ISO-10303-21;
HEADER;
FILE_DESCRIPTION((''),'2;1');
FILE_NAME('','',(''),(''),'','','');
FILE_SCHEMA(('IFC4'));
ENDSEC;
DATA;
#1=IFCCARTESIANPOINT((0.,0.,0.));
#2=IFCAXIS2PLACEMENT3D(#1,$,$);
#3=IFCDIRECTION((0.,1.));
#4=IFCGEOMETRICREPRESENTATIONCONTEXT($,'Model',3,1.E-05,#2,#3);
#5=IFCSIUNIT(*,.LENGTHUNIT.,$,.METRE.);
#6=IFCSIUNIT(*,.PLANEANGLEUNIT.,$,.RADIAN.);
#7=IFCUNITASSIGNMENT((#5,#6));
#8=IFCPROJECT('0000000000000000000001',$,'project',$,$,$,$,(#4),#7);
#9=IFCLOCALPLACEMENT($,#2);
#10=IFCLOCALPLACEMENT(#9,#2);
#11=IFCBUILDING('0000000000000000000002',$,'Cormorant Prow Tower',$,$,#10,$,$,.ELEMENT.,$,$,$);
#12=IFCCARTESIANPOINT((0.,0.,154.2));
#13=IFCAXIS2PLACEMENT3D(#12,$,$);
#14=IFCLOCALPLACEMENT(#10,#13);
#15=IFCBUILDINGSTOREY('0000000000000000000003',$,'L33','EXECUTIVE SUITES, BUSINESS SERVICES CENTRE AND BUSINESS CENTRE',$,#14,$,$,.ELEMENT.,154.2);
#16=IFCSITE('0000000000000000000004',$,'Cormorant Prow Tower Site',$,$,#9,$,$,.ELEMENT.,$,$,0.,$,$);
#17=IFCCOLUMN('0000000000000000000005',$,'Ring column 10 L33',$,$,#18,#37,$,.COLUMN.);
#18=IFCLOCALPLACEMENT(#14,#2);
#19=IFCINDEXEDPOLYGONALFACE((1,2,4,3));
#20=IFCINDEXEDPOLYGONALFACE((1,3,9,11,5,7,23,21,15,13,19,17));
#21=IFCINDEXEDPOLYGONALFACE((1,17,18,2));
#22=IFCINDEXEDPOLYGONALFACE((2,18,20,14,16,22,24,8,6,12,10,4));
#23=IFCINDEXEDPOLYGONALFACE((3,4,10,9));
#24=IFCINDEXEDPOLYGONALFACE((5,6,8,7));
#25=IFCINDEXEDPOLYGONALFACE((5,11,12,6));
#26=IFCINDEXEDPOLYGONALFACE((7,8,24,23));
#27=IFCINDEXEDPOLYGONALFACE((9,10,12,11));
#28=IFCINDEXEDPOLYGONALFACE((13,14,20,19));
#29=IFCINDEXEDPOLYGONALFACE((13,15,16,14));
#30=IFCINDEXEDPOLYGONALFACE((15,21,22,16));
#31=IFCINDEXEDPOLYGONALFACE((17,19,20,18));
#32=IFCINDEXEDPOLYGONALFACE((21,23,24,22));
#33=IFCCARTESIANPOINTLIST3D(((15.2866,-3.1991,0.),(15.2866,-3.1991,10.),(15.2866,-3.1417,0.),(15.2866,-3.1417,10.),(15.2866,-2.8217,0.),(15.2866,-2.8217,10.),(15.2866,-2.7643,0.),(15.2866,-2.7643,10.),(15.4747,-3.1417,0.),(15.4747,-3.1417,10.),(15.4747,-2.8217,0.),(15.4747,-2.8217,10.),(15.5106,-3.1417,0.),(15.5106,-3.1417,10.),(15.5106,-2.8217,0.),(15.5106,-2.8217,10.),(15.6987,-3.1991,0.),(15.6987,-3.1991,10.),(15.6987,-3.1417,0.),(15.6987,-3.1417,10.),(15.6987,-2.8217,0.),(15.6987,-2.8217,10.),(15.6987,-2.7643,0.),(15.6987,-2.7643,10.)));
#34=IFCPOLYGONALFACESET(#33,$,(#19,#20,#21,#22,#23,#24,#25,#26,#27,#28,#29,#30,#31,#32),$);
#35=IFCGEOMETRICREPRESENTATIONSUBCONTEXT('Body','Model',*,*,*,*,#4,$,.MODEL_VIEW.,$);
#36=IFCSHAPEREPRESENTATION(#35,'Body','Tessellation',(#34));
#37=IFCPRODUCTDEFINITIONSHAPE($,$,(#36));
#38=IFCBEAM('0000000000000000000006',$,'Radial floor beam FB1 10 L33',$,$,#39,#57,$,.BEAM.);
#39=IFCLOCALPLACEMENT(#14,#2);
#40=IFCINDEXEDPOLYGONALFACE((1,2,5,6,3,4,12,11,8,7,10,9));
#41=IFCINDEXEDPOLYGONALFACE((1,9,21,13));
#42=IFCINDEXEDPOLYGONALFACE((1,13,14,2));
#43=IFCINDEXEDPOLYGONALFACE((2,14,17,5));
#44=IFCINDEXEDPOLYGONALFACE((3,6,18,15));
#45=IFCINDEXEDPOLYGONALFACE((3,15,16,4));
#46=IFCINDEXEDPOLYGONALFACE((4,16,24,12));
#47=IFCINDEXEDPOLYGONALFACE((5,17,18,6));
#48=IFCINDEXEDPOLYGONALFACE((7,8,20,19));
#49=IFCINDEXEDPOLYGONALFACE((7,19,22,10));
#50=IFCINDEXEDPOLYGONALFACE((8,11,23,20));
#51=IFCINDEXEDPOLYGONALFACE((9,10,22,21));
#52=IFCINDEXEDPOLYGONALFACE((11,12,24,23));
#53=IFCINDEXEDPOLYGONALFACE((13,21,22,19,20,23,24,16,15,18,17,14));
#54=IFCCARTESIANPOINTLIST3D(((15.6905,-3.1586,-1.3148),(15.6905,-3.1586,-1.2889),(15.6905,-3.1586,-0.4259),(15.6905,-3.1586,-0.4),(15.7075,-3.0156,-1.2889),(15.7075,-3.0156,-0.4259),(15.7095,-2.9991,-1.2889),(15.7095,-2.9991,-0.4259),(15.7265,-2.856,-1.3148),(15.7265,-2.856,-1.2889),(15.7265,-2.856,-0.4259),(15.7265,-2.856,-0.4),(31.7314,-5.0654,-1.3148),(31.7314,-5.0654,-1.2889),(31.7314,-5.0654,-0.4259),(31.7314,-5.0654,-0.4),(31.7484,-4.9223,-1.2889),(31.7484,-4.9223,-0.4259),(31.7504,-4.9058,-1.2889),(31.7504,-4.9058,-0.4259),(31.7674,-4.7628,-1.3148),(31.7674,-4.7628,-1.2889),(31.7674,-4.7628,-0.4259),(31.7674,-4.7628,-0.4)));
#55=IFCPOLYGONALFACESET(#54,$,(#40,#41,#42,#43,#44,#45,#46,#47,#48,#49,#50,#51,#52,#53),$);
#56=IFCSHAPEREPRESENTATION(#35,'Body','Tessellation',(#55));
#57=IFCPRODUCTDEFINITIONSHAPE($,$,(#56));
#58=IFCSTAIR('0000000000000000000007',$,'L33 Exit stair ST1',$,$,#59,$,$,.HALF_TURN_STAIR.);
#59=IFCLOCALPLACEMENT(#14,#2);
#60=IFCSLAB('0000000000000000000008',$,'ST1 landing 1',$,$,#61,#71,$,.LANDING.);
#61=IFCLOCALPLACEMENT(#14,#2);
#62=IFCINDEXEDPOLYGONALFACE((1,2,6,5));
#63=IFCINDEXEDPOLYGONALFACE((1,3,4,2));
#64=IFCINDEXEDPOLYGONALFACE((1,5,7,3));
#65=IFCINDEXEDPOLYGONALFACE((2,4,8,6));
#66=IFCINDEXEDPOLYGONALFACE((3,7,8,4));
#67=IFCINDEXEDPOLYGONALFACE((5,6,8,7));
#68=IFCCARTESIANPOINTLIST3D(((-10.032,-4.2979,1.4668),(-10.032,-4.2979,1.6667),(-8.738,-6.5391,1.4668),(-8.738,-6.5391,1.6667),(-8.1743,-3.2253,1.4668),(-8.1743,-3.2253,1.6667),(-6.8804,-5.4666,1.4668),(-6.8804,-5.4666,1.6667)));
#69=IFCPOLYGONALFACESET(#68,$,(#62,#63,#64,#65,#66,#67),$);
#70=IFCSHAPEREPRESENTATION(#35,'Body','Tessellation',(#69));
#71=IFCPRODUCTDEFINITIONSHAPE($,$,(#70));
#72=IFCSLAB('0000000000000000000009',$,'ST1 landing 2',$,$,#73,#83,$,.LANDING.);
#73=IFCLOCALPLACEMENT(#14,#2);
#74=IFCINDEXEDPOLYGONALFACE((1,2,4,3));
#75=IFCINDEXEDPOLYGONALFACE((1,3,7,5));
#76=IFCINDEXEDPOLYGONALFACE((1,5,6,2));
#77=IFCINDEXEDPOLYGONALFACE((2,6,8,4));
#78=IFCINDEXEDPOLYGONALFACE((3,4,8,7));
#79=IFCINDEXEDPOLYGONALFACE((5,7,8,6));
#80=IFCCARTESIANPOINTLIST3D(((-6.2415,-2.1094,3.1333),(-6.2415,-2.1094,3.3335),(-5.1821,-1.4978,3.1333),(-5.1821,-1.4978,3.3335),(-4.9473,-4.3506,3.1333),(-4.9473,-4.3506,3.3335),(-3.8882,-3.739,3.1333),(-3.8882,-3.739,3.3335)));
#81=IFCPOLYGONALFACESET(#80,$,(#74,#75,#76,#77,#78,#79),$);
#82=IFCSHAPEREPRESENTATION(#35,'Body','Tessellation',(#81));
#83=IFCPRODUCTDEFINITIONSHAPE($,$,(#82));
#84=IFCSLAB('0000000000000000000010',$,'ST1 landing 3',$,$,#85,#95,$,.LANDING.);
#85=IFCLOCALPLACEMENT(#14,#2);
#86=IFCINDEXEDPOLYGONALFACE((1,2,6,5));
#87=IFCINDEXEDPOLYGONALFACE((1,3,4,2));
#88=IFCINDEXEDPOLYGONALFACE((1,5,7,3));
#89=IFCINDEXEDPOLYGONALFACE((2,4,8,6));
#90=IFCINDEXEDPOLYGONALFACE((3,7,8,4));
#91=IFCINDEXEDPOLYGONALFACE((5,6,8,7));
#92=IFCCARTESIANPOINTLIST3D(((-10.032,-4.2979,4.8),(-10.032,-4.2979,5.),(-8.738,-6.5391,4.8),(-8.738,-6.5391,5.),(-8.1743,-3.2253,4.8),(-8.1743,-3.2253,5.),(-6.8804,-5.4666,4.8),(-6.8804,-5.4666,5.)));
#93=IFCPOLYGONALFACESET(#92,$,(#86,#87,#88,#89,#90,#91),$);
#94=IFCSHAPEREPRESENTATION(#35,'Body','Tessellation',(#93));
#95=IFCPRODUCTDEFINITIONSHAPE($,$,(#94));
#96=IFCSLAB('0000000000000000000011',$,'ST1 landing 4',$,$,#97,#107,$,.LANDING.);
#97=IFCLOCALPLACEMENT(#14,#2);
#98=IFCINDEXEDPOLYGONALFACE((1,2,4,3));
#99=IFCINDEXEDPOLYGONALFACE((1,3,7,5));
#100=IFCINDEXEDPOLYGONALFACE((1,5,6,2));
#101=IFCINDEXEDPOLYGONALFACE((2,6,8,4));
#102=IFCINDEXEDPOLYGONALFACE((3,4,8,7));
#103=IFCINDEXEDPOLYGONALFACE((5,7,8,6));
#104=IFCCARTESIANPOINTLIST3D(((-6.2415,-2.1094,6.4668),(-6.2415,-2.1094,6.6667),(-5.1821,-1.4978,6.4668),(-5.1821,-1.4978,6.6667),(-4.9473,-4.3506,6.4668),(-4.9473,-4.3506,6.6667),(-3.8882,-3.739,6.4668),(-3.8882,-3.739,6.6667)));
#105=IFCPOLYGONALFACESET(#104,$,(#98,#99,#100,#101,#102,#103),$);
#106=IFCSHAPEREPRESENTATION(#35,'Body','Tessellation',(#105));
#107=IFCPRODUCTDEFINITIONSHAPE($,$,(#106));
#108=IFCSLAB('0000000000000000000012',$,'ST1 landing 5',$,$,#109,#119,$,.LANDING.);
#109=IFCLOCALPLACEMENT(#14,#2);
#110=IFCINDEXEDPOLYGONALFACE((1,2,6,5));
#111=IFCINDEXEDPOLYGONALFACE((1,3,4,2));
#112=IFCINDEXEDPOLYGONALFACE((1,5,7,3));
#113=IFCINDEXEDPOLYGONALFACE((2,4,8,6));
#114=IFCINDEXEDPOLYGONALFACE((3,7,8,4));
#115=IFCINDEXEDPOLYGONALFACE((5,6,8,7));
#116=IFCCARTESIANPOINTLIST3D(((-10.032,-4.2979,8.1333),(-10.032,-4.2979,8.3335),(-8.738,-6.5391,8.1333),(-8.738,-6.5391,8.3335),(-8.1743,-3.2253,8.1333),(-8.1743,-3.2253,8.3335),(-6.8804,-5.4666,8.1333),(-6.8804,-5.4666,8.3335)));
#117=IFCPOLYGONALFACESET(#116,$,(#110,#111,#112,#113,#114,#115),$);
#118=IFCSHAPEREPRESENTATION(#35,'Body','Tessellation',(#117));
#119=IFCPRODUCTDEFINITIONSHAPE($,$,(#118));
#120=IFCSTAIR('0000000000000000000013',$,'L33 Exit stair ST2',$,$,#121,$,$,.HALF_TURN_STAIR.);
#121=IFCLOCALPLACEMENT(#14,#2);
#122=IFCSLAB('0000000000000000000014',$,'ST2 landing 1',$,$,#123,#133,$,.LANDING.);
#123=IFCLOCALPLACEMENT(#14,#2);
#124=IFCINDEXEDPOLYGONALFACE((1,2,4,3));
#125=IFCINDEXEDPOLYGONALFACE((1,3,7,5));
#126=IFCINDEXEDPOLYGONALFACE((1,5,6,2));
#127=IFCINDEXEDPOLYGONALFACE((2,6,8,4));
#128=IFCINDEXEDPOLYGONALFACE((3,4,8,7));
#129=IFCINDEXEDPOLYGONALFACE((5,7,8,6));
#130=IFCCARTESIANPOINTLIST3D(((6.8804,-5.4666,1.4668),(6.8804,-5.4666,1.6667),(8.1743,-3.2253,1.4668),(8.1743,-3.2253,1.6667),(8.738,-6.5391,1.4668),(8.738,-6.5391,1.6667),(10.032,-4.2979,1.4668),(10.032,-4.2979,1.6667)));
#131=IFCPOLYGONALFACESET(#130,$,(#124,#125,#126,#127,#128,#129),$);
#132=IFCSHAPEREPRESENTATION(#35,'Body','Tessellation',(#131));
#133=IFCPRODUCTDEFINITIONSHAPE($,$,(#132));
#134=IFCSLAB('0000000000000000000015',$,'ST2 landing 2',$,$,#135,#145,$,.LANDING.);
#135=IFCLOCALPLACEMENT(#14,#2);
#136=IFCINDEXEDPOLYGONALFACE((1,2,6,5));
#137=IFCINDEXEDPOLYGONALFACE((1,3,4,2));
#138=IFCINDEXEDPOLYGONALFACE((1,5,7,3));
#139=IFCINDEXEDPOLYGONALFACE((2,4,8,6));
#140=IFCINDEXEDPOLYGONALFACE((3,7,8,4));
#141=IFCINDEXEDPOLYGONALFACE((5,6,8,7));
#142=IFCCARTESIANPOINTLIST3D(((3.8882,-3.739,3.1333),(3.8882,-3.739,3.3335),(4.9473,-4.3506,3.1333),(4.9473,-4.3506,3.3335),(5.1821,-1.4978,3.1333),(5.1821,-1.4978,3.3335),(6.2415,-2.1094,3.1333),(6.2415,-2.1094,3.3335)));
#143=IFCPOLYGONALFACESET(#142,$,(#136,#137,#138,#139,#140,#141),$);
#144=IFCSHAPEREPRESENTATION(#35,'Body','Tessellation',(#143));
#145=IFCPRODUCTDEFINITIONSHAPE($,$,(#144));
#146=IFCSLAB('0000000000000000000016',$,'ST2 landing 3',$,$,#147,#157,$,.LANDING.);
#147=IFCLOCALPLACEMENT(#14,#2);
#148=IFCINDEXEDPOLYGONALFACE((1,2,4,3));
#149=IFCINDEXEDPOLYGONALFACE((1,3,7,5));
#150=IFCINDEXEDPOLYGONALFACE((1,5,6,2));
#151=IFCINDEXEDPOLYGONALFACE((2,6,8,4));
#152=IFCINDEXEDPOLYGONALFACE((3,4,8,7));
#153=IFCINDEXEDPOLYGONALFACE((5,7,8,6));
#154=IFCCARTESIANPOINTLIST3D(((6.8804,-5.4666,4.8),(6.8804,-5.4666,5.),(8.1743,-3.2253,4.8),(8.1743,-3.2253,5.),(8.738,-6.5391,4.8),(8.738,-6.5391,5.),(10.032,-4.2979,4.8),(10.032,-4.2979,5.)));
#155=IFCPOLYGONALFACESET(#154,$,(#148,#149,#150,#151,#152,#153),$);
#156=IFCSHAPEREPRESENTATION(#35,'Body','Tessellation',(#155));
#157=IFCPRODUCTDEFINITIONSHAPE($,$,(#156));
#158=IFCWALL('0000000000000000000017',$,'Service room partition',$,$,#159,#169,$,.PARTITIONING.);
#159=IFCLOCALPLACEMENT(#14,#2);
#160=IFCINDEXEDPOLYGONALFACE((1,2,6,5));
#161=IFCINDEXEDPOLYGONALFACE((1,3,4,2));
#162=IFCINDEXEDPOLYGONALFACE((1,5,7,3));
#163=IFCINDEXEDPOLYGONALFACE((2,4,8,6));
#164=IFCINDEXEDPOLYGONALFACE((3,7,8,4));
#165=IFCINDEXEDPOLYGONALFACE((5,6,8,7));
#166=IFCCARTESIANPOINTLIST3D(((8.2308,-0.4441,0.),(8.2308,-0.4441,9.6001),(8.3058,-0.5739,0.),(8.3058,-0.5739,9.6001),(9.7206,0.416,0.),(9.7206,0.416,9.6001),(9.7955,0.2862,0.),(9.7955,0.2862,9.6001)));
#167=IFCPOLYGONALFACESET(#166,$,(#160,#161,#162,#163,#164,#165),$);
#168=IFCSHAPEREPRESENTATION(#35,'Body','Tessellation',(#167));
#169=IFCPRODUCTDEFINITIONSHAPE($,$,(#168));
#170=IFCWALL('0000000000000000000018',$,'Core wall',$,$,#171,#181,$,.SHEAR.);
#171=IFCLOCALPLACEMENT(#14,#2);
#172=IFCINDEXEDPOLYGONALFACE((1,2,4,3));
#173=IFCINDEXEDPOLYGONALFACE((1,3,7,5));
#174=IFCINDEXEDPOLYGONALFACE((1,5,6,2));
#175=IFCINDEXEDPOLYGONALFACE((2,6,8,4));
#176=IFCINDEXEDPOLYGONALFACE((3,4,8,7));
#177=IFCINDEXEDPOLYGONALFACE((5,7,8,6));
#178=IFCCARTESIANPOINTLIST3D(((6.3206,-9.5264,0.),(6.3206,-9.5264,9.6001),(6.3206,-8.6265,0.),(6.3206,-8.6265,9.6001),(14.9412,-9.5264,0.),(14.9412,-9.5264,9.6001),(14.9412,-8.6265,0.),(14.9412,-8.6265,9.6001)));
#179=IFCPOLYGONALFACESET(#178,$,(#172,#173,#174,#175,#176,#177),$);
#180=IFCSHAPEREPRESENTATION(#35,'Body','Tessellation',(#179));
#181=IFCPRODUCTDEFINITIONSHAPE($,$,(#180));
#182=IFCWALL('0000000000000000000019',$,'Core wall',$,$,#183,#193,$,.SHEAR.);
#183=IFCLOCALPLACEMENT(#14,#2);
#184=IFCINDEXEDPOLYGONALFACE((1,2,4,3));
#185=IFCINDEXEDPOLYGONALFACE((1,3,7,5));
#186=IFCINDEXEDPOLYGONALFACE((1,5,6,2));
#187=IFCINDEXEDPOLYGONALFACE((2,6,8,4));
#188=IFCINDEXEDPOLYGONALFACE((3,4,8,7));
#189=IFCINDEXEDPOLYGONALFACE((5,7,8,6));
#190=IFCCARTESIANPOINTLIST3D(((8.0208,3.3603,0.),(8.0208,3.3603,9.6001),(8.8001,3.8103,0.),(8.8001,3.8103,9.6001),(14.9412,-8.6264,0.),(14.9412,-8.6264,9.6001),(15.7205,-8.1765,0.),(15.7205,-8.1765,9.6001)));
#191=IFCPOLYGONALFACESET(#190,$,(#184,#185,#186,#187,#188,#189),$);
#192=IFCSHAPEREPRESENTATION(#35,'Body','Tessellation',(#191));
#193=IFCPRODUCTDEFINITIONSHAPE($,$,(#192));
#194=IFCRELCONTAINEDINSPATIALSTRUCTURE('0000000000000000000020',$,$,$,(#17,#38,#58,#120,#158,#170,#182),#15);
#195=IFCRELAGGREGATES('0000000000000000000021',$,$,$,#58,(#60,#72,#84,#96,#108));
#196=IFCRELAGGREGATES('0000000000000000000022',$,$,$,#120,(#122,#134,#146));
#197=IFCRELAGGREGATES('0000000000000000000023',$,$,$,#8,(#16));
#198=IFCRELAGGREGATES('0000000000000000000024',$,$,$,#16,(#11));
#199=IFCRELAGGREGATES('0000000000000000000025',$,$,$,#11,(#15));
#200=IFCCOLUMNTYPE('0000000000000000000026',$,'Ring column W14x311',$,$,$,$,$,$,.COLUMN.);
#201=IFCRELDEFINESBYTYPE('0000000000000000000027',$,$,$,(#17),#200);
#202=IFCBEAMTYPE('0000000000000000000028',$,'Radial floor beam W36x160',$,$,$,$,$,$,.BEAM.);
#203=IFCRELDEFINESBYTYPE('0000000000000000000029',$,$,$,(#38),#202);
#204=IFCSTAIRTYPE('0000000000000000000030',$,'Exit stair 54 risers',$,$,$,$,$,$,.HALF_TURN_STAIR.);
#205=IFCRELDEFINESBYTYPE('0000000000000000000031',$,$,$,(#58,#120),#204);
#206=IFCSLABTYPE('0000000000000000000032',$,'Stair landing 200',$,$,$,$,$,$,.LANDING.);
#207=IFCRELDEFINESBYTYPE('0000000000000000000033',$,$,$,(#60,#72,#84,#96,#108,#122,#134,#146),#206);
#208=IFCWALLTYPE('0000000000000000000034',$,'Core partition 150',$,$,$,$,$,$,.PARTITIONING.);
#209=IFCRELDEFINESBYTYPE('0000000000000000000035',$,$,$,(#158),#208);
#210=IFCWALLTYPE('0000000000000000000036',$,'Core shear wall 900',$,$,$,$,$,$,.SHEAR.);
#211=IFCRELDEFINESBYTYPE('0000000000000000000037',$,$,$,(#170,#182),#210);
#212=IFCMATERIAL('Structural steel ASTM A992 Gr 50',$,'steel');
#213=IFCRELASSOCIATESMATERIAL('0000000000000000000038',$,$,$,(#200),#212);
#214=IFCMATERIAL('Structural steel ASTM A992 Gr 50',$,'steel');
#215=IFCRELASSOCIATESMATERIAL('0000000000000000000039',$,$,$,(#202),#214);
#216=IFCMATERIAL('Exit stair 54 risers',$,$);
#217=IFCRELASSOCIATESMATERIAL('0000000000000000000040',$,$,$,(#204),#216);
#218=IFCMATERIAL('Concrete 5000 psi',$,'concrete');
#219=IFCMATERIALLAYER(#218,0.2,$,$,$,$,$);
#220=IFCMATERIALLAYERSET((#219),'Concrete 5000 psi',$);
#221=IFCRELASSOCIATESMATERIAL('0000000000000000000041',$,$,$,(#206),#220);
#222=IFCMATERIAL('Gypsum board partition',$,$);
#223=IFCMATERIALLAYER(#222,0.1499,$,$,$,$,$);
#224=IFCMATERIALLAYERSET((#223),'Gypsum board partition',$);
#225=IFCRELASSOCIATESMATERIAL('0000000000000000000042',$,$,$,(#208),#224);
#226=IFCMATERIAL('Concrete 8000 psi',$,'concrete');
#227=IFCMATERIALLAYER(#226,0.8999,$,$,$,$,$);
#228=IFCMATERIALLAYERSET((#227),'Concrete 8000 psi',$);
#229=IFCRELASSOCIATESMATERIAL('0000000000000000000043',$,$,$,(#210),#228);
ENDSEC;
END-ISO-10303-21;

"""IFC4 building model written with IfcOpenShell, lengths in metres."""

from ifc_helpers import new_model, si_unit, direction, frame, frame_2d, origin, origin_2d, place, context, subcontext, project, spatial, polyline, rectangle, i_section, outline, extrude, material, layer, layer_set, material_profile, profile_set, type_object, element, aggregate, save


model = new_model("IFC4")

# Units and contexts
model_context = context("Model", 3, precision=1e-05, world=origin(), true_north=direction((0.0, 1.0)))
body_context = subcontext(model_context, "Body", "Model", "MODEL_VIEW")
ifc_project = project(units=[si_unit("LENGTHUNIT", "METRE"), si_unit("PLANEANGLEUNIT", "RADIAN")], contexts=[model_context])

# Site, building, storey
site_placement = place(None, origin())
site = spatial("IfcSite", under=ifc_project, at=site_placement, Name="Cormorant Prow Tower Site", CompositionType="ELEMENT", RefElevation=0.0)
building_placement = place(site_placement, origin())
building = spatial("IfcBuilding", under=site, at=building_placement, Name="Cormorant Prow Tower", CompositionType="ELEMENT")
storey_placement = place(building_placement, frame((0.0, 0.0, 154.2)))
storey = spatial("IfcBuildingStorey", under=building, at=storey_placement, Name="L33", Description="EXECUTIVE SUITES, BUSINESS SERVICES CENTRE AND BUSINESS CENTRE", CompositionType="ELEMENT", Elevation=154.2)

# Column
ifc_material_1 = material(Name="Structural steel ASTM A992 Gr 50", Category="steel")
ifc_material_profile_1 = material_profile(ifc_material_1, i_section(OverallWidth=0.4121, OverallDepth=0.4348, WebThickness=0.0359, FlangeThickness=0.0574, at=origin_2d()), Name="W14x311")
ifc_profile_set_1 = profile_set([ifc_material_profile_1], Name="Structural steel ASTM A992 Gr 50")
column_type = type_object("IfcColumnType", Name="Ring column W14x311", PredefinedType="COLUMN", material=ifc_profile_set_1)
column_placement = place(storey_placement, frame((15.4927, -2.9817, 0.0), z_axis=(0.0, 0.0, 1.0), x_axis=(1.0, 0.0, 0.0)))
element("IfcColumn", 1, at=column_placement, inside=storey, type_object=column_type, Name="Ring column 10 L33", PredefinedType="COLUMN", context=body_context, shape_type="SweptSolid", body=[
    extrude(i_section(OverallWidth=0.4121, OverallDepth=0.4348, WebThickness=0.0359, FlangeThickness=0.0574, at=origin_2d()), origin(), (0.0, 0.0, 1.0), 10.0),
])

# Beam
ifc_material_2 = material(Name="Structural steel ASTM A992 Gr 50", Category="steel")
ifc_material_profile_2 = material_profile(ifc_material_2, i_section(OverallWidth=0.3047, OverallDepth=0.9148, WebThickness=0.0166, FlangeThickness=0.0259, at=origin_2d()), Name="W36x160")
ifc_profile_set_2 = profile_set([ifc_material_profile_2], Name="Structural steel ASTM A992 Gr 50")
beam_type = type_object("IfcBeamType", Name="Radial floor beam W36x160", PredefinedType="BEAM", material=ifc_profile_set_2)
beam_placement = place(storey_placement, frame((15.7085, -3.0073, -0.8574), z_axis=(0.993009, -0.118037, 0.0), x_axis=(0.118037, 0.993009, 0.0)))
element("IfcBeam", 2, at=beam_placement, inside=storey, type_object=beam_type, Name="Radial floor beam FB1 10 L33", PredefinedType="BEAM", context=body_context, shape_type="SweptSolid", body=[
    extrude(i_section(OverallWidth=0.3047, OverallDepth=0.9148, WebThickness=0.0166, FlangeThickness=0.0259, at=origin_2d()), origin(), (0.0, 0.0, 1.0), 16.1538),
])

# Stairs, slabs
ifc_material_3 = material(Name="Exit stair 54 risers")
stair_type = type_object("IfcStairType", Name="Exit stair 54 risers", PredefinedType="HALF_TURN_STAIR", material=ifc_material_3)
stair_1_placement = place(storey_placement, origin())
stair_1 = element("IfcStair", 3, at=stair_1_placement, inside=storey, type_object=stair_type, Name="L33 Exit stair ST1", PredefinedType="HALF_TURN_STAIR")
ifc_material_4 = material(Name="Concrete 5000 psi", Category="concrete")
ifc_layer_1 = layer(ifc_material_4, 0.2)
ifc_layer_set_1 = layer_set([ifc_layer_1], Name="Concrete 5000 psi")
slab_type = type_object("IfcSlabType", Name="Stair landing 200", PredefinedType="LANDING", material=ifc_layer_set_1)
slab_1_placement = place(storey_placement, frame((0.0, 0.0, 1.4668)))
slab_1 = element("IfcSlab", 4, at=slab_1_placement, type_object=slab_type, Name="ST1 landing 1", PredefinedType="LANDING", context=body_context, shape_type="SweptSolid", body=[
    extrude(outline(polyline([(-8.1743, -3.2253), (-10.032, -4.2979), (-8.738, -6.5391), (-6.8804, -5.4666), (-8.1743, -3.2253)])), origin(), (0.0, 0.0, 1.0), 0.2),
])
slab_2_placement = place(storey_placement, frame((0.0, 0.0, 3.1333)))
slab_2 = element("IfcSlab", 5, at=slab_2_placement, type_object=slab_type, Name="ST1 landing 2", PredefinedType="LANDING", context=body_context, shape_type="SweptSolid", body=[
    extrude(outline(polyline([(-5.1821, -1.4978), (-6.2415, -2.1094), (-4.9473, -4.3506), (-3.8882, -3.739), (-5.1821, -1.4978)])), origin(), (0.0, 0.0, 1.0), 0.2002),
])
slab_3_placement = place(storey_placement, frame((0.0, 0.0, 4.8)))
slab_3 = element("IfcSlab", 6, at=slab_3_placement, type_object=slab_type, Name="ST1 landing 3", PredefinedType="LANDING", context=body_context, shape_type="SweptSolid", body=[
    extrude(outline(polyline([(-8.1743, -3.2253), (-10.032, -4.2979), (-8.738, -6.5391), (-6.8804, -5.4666), (-8.1743, -3.2253)])), origin(), (0.0, 0.0, 1.0), 0.2),
])
slab_4_placement = place(storey_placement, frame((0.0, 0.0, 6.4668)))
slab_4 = element("IfcSlab", 7, at=slab_4_placement, type_object=slab_type, Name="ST1 landing 4", PredefinedType="LANDING", context=body_context, shape_type="SweptSolid", body=[
    extrude(outline(polyline([(-5.1821, -1.4978), (-6.2415, -2.1094), (-4.9473, -4.3506), (-3.8882, -3.739), (-5.1821, -1.4978)])), origin(), (0.0, 0.0, 1.0), 0.2),
])
slab_5_placement = place(storey_placement, frame((0.0, 0.0, 8.1333)))
slab_5 = element("IfcSlab", 8, at=slab_5_placement, type_object=slab_type, Name="ST1 landing 5", PredefinedType="LANDING", context=body_context, shape_type="SweptSolid", body=[
    extrude(outline(polyline([(-8.1743, -3.2253), (-10.032, -4.2979), (-8.738, -6.5391), (-6.8804, -5.4666), (-8.1743, -3.2253)])), origin(), (0.0, 0.0, 1.0), 0.2002),
])
aggregate(stair_1, [slab_1, slab_2, slab_3, slab_4, slab_5])
stair_2_placement = place(storey_placement, origin())
stair_2 = element("IfcStair", 9, at=stair_2_placement, inside=storey, type_object=stair_type, Name="L33 Exit stair ST2", PredefinedType="HALF_TURN_STAIR")
slab_6_placement = place(storey_placement, frame((0.0, 0.0, 1.4668)))
slab_6 = element("IfcSlab", 10, at=slab_6_placement, type_object=slab_type, Name="ST2 landing 1", PredefinedType="LANDING", context=body_context, shape_type="SweptSolid", body=[
    extrude(outline(polyline([(6.8804, -5.4666), (8.738, -6.5391), (10.032, -4.2979), (8.1743, -3.2253), (6.8804, -5.4666)])), origin(), (0.0, 0.0, 1.0), 0.2),
])
slab_7_placement = place(storey_placement, frame((0.0, 0.0, 3.1333)))
slab_7 = element("IfcSlab", 11, at=slab_7_placement, type_object=slab_type, Name="ST2 landing 2", PredefinedType="LANDING", context=body_context, shape_type="SweptSolid", body=[
    extrude(outline(polyline([(3.8882, -3.739), (4.9473, -4.3506), (6.2415, -2.1094), (5.1821, -1.4978), (3.8882, -3.739)])), origin(), (0.0, 0.0, 1.0), 0.2002),
])
slab_8_placement = place(storey_placement, frame((0.0, 0.0, 4.8)))
slab_8 = element("IfcSlab", 12, at=slab_8_placement, type_object=slab_type, Name="ST2 landing 3", PredefinedType="LANDING", context=body_context, shape_type="SweptSolid", body=[
    extrude(outline(polyline([(6.8804, -5.4666), (8.738, -6.5391), (10.032, -4.2979), (8.1743, -3.2253), (6.8804, -5.4666)])), origin(), (0.0, 0.0, 1.0), 0.2),
])

# Walls
ifc_material_5 = material(Name="Gypsum board partition")
ifc_layer_2 = layer(ifc_material_5, 0.1499)
ifc_layer_set_2 = layer_set([ifc_layer_2], Name="Gypsum board partition")
wall_type_1 = type_object("IfcWallType", Name="Core partition 150", PredefinedType="PARTITIONING", material=ifc_layer_set_2)
wall_1_placement = place(storey_placement, frame((8.2683, -0.509, 0.0), z_axis=(0.0, 0.0, 1.0), x_axis=(0.866025, 0.500001, 0.0)))
element("IfcWall", 13, at=wall_1_placement, inside=storey, type_object=wall_type_1, Name="Service room partition", PredefinedType="PARTITIONING", context=body_context, shape_type="SweptSolid", body=[
    extrude(rectangle(XDim=1.7202, YDim=0.1499, at=frame_2d((0.8601, 0.0))), origin(), (0.0, 0.0, 1.0), 9.6001),
])
ifc_material_6 = material(Name="Concrete 8000 psi", Category="concrete")
ifc_layer_3 = layer(ifc_material_6, 0.8999)
ifc_layer_set_3 = layer_set([ifc_layer_3], Name="Concrete 8000 psi")
wall_type_2 = type_object("IfcWallType", Name="Core shear wall 900", PredefinedType="SHEAR", material=ifc_layer_set_3)
wall_2_placement = place(storey_placement, frame((6.3206, -9.0764, 0.0), z_axis=(0.0, 0.0, 1.0), x_axis=(1.0, 0.0, 0.0)))
element("IfcWall", 14, at=wall_2_placement, inside=storey, type_object=wall_type_2, Name="Core wall", PredefinedType="SHEAR", context=body_context, shape_type="SweptSolid", body=[
    extrude(rectangle(XDim=8.6206, YDim=0.8999, at=frame_2d((4.3103, 0.0))), origin(), (0.0, 0.0, 1.0), 9.6001),
])
wall_3_placement = place(storey_placement, frame((15.3308, -8.4014, 0.0), z_axis=(0.0, 0.0, 1.0), x_axis=(-0.49999, 0.866031, 0.0)))
element("IfcWall", 15, at=wall_3_placement, inside=storey, type_object=wall_type_2, Name="Core wall", PredefinedType="SHEAR", context=body_context, shape_type="SweptSolid", body=[
    extrude(rectangle(XDim=13.8411, YDim=0.8999, at=frame_2d((6.9204, 0.0))), origin(), (0.0, 0.0, 1.0), 9.6001),
])

aggregate(stair_2, [slab_6, slab_7, slab_8])

save(model, "model.ifc")
